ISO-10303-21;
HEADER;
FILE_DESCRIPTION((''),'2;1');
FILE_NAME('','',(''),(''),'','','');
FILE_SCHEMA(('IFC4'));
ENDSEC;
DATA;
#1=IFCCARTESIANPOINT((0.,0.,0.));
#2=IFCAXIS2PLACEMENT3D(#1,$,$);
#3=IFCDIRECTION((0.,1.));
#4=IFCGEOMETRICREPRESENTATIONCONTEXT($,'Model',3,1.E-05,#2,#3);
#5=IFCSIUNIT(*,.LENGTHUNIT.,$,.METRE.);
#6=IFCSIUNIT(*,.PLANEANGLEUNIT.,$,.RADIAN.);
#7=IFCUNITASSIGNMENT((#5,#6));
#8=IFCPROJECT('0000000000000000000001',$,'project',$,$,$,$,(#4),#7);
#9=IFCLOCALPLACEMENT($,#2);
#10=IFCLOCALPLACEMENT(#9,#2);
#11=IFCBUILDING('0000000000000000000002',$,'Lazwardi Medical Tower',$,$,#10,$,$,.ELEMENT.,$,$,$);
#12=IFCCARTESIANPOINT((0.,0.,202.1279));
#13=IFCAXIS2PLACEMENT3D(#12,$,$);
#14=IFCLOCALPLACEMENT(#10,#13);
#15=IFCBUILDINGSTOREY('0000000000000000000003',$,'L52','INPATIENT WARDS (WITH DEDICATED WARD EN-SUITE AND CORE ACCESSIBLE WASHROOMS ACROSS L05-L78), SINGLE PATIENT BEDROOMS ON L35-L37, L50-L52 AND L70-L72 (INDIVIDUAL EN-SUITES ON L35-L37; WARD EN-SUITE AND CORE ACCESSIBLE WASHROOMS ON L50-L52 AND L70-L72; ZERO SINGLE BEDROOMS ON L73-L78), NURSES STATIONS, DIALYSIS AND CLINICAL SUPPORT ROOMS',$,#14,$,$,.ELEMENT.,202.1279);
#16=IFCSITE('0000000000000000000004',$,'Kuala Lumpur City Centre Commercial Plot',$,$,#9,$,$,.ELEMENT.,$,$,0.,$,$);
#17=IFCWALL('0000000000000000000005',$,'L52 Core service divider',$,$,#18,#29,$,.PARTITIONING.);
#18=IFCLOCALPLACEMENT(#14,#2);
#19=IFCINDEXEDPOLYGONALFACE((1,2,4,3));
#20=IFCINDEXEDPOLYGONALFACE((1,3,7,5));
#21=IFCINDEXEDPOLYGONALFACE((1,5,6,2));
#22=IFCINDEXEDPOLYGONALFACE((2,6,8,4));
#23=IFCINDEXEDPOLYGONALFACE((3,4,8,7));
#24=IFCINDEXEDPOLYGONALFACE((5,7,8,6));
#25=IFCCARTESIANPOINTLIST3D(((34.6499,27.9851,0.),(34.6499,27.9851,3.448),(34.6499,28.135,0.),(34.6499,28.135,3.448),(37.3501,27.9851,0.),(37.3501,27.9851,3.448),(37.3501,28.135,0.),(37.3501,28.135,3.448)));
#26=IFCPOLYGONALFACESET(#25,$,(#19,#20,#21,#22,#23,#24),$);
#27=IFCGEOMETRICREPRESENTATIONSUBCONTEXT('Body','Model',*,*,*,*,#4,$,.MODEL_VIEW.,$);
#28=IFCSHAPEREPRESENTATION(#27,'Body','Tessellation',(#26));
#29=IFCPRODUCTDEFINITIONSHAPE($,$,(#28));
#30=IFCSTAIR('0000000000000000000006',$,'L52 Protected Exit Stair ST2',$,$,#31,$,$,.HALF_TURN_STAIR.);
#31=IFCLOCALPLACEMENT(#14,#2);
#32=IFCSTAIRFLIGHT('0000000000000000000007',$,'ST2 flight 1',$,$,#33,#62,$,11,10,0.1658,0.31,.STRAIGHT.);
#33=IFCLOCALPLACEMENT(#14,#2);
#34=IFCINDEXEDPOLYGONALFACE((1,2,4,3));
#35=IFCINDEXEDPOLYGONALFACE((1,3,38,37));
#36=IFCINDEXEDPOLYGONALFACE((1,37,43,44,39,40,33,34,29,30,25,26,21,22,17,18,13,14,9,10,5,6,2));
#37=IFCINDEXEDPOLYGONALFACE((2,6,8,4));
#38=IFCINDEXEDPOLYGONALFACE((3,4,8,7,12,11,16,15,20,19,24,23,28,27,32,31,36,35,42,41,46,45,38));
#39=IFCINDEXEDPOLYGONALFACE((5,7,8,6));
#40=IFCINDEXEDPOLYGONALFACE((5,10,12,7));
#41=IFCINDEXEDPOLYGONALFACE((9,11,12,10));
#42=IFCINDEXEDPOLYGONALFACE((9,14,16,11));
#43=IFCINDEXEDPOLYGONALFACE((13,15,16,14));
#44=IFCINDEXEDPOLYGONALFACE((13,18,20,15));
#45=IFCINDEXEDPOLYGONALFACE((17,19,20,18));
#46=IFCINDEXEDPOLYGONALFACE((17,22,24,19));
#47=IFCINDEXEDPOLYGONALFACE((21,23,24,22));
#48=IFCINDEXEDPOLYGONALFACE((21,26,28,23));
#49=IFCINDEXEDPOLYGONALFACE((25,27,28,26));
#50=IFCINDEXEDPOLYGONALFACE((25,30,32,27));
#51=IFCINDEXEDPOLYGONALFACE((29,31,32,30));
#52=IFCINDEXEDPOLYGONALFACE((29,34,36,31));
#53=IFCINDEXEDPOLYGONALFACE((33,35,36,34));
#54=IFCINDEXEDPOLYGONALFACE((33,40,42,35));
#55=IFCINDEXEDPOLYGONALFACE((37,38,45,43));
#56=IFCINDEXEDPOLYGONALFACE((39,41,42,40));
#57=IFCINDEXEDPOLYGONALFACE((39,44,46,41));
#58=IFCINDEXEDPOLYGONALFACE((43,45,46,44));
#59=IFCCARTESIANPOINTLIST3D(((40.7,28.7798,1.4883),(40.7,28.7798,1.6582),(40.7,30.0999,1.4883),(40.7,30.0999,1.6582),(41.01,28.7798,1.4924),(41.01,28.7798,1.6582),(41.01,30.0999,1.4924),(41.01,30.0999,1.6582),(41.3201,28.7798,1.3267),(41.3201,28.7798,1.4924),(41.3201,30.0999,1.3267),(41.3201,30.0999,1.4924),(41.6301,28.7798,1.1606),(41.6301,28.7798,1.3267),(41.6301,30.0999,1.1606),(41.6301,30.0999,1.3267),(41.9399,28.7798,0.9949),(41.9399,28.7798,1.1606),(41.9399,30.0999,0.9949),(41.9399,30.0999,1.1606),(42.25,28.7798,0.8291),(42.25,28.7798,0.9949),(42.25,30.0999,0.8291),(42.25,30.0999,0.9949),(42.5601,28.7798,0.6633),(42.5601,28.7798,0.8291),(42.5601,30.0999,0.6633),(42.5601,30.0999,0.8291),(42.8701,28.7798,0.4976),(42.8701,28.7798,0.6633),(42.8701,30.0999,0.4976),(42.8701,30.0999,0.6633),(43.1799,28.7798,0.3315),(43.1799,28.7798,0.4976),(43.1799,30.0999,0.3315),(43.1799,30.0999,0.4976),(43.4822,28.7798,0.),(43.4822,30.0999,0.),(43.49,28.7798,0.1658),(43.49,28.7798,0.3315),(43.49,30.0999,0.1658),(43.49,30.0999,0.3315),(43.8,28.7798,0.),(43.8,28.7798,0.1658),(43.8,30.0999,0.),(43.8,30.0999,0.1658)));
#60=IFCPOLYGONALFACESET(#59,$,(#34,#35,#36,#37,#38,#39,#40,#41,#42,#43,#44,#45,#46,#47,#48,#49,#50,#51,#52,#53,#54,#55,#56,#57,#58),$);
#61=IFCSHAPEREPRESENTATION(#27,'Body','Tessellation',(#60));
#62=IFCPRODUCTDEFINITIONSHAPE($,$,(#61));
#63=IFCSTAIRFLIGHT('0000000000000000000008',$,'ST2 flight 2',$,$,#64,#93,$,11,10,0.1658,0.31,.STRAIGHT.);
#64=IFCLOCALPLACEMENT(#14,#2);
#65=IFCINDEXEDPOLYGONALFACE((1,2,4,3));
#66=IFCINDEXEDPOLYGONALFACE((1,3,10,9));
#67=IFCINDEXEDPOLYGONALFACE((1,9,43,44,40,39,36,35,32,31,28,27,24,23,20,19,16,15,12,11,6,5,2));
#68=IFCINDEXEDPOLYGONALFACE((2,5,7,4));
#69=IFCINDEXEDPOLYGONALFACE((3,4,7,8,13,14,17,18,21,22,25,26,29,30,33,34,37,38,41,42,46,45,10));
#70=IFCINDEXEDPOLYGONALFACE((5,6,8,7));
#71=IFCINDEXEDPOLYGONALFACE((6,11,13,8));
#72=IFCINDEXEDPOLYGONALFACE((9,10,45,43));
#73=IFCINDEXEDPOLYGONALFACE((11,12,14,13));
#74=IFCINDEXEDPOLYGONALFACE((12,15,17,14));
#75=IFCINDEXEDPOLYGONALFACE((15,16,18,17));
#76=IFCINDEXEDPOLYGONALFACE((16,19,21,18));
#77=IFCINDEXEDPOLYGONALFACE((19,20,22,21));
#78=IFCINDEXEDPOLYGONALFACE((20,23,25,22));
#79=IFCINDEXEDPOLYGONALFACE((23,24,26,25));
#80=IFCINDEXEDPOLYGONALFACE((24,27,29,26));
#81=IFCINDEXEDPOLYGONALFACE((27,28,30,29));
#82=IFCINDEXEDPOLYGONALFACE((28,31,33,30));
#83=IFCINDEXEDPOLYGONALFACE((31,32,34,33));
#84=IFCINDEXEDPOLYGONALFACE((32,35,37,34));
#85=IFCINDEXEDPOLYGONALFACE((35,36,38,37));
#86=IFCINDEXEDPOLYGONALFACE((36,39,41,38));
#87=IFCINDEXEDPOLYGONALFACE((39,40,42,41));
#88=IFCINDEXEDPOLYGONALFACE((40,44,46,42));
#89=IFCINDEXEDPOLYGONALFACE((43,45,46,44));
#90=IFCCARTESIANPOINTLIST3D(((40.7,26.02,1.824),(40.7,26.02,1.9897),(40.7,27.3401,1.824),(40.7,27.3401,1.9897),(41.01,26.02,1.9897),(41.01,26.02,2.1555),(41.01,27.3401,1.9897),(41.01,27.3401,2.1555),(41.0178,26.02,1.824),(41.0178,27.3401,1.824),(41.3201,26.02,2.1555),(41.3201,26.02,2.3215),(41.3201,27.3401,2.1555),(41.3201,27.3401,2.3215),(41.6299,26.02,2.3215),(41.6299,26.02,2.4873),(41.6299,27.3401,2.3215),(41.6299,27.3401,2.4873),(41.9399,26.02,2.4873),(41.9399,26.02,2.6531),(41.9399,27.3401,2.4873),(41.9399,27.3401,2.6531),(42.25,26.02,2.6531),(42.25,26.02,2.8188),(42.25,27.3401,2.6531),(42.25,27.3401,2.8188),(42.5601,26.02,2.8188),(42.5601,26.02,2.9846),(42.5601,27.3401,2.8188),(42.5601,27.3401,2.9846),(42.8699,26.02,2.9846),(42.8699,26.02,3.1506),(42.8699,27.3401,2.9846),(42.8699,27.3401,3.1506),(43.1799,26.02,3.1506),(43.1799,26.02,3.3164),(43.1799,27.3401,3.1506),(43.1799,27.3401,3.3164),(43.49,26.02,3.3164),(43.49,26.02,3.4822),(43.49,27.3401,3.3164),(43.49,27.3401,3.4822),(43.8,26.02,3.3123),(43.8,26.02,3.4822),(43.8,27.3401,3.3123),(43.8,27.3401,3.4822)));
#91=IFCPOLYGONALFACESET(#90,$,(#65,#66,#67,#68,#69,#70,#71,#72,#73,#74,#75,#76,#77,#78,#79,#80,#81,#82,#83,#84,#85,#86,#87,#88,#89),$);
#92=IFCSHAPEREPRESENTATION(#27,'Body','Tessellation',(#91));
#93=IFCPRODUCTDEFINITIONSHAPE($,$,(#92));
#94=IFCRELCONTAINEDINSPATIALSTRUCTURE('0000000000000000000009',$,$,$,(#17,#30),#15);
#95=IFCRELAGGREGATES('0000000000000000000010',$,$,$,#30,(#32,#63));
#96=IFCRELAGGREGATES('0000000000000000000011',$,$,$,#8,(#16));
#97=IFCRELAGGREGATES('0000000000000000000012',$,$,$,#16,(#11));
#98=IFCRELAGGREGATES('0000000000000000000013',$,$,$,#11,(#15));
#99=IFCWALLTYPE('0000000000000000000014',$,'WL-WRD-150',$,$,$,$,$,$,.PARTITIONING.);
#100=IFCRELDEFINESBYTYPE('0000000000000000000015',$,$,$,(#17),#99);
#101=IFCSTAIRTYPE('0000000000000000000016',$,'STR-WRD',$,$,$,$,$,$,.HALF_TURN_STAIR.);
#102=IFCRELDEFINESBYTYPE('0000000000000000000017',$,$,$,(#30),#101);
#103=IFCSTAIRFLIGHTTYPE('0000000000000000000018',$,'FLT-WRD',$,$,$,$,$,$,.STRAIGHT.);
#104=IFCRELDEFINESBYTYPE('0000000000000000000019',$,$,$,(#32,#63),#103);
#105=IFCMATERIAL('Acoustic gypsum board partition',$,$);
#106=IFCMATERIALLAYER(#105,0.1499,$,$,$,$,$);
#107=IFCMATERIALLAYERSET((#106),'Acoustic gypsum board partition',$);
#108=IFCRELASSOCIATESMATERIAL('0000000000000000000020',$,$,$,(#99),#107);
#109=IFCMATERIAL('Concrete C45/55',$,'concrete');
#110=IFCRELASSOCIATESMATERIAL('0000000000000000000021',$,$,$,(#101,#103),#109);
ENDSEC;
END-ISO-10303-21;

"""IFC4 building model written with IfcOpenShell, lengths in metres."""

from ifc_helpers import new_model, si_unit, direction, frame, frame_2d, origin, place, context, subcontext, project, spatial, polyline, rectangle, outline, extrude, material, layer, layer_set, type_object, element, aggregate, save


model = new_model("IFC4")

# Units and contexts
model_context = context("Model", 3, precision=1e-05, world=origin(), true_north=direction((0.0, 1.0)))
body_context = subcontext(model_context, "Body", "Model", "MODEL_VIEW")
ifc_project = project(units=[si_unit("LENGTHUNIT", "METRE"), si_unit("PLANEANGLEUNIT", "RADIAN")], contexts=[model_context])

# Site, building, storey
site_placement = place(None, origin())
site = spatial("IfcSite", under=ifc_project, at=site_placement, Name="Kuala Lumpur City Centre Commercial Plot", CompositionType="ELEMENT", RefElevation=0.0)
building_placement = place(site_placement, origin())
building = spatial("IfcBuilding", under=site, at=building_placement, Name="Lazwardi Medical Tower", CompositionType="ELEMENT")
storey_placement = place(building_placement, frame((0.0, 0.0, 202.1279)))
storey = spatial("IfcBuildingStorey", under=building, at=storey_placement, Name="L52", Description="INPATIENT WARDS (WITH DEDICATED WARD EN-SUITE AND CORE ACCESSIBLE WASHROOMS ACROSS L05-L78), SINGLE PATIENT BEDROOMS ON L35-L37, L50-L52 AND L70-L72 (INDIVIDUAL EN-SUITES ON L35-L37; WARD EN-SUITE AND CORE ACCESSIBLE WASHROOMS ON L50-L52 AND L70-L72; ZERO SINGLE BEDROOMS ON L73-L78), NURSES STATIONS, DIALYSIS AND CLINICAL SUPPORT ROOMS", CompositionType="ELEMENT", Elevation=202.1279)

# Wall
ifc_material_1 = material(Name="Acoustic gypsum board partition")
ifc_layer_1 = layer(ifc_material_1, 0.1499)
ifc_layer_set_1 = layer_set([ifc_layer_1], Name="Acoustic gypsum board partition")
wall_type_1 = type_object("IfcWallType", Name="WL-WRD-150", PredefinedType="PARTITIONING", material=ifc_layer_set_1)
wall_1_placement = place(storey_placement, frame((34.6499, 28.0601, 0.0), z_axis=(0.0, 0.0, 1.0), x_axis=(1.0, 0.0, 0.0)))
element("IfcWall", 1, at=wall_1_placement, inside=storey, type_object=wall_type_1, Name="L52 Core service divider", PredefinedType="PARTITIONING", context=body_context, shape_type="SweptSolid", body=[
    extrude(rectangle(XDim=2.7002, YDim=0.1499, at=frame_2d((1.3501, 0.0))), origin(), (0.0, 0.0, 1.0), 3.448),
])

# Stair, stair flights
ifc_material_2 = material(Name="Concrete C45/55", Category="concrete")
stair_type = type_object("IfcStairType", Name="STR-WRD", PredefinedType="HALF_TURN_STAIR", material=ifc_material_2)
stair_placement = place(storey_placement, origin())
stair = element("IfcStair", 2, at=stair_placement, inside=storey, type_object=stair_type, Name="L52 Protected Exit Stair ST2", PredefinedType="HALF_TURN_STAIR")
stair_flight_type = type_object("IfcStairFlightType", Name="FLT-WRD", PredefinedType="STRAIGHT", material=ifc_material_2)
stair_flight_1_placement = place(storey_placement, frame((43.8, 29.4399, 0.0), z_axis=(0.0, 0.0, 1.0), x_axis=(-1.0, 0.0, 0.0)))
stair_flight_1 = element("IfcStairFlight", 3, at=stair_flight_1_placement, type_object=stair_flight_type, Name="ST2 flight 1", NumberOfRisers=11, NumberOfTreads=10, PredefinedType="STRAIGHT", RiserHeight=0.1658, TreadLength=0.31, context=body_context, shape_type="SweptSolid", body=[
    extrude(outline(polyline([(0.0, 0.0), (0.0, 0.1658), (0.3101, 0.1658), (0.3101, 0.3315), (0.6201, 0.3315), (0.6201, 0.4976), (0.9299, 0.4976), (0.9299, 0.6633), (1.24, 0.6633), (1.24, 0.8291), (1.55, 0.8291), (1.55, 0.9949), (1.8601, 0.9949), (1.8601, 1.1606), (2.1699, 1.1606), (2.1699, 1.3267), (2.48, 1.3267), (2.48, 1.4924), (2.79, 1.4924), (2.79, 1.6582), (3.1001, 1.6582), (3.1001, 1.824), (3.1001, 1.4883), (0.3179, 0.0), (0.0, 0.0)])), frame((0.0, 0.6602, 0.0), z_axis=(0.0, -1.0, 0.0), x_axis=(1.0, 0.0, 0.0)), (0.0, 0.0, 1.0), 1.3201),
])
stair_flight_2_placement = place(storey_placement, frame((40.7, 26.6799, 1.824), z_axis=(0.0, 0.0, 1.0), x_axis=(1.0, 0.0, 0.0)))
stair_flight_2 = element("IfcStairFlight", 4, at=stair_flight_2_placement, type_object=stair_flight_type, Name="ST2 flight 2", NumberOfRisers=11, NumberOfTreads=10, PredefinedType="STRAIGHT", RiserHeight=0.1658, TreadLength=0.31, context=body_context, shape_type="SweptSolid", body=[
    extrude(outline(polyline([(0.0, 0.0), (0.0, 0.1658), (0.3101, 0.1658), (0.3101, 0.3315), (0.6201, 0.3315), (0.6201, 0.4976), (0.9299, 0.4976), (0.9299, 0.6633), (1.24, 0.6633), (1.24, 0.8291), (1.55, 0.8291), (1.55, 0.9949), (1.8601, 0.9949), (1.8601, 1.1606), (2.1699, 1.1606), (2.1699, 1.3267), (2.48, 1.3267), (2.48, 1.4924), (2.79, 1.4924), (2.79, 1.6582), (3.1001, 1.6582), (3.1001, 1.824), (3.1001, 1.4883), (0.3179, 0.0), (0.0, 0.0)])), frame((0.0, 0.6602, 0.0), z_axis=(0.0, -1.0, 0.0), x_axis=(1.0, 0.0, 0.0)), (0.0, 0.0, 1.0), 1.3201),
])
aggregate(stair, [stair_flight_1, stair_flight_2])

save(model, "model.ifc")
